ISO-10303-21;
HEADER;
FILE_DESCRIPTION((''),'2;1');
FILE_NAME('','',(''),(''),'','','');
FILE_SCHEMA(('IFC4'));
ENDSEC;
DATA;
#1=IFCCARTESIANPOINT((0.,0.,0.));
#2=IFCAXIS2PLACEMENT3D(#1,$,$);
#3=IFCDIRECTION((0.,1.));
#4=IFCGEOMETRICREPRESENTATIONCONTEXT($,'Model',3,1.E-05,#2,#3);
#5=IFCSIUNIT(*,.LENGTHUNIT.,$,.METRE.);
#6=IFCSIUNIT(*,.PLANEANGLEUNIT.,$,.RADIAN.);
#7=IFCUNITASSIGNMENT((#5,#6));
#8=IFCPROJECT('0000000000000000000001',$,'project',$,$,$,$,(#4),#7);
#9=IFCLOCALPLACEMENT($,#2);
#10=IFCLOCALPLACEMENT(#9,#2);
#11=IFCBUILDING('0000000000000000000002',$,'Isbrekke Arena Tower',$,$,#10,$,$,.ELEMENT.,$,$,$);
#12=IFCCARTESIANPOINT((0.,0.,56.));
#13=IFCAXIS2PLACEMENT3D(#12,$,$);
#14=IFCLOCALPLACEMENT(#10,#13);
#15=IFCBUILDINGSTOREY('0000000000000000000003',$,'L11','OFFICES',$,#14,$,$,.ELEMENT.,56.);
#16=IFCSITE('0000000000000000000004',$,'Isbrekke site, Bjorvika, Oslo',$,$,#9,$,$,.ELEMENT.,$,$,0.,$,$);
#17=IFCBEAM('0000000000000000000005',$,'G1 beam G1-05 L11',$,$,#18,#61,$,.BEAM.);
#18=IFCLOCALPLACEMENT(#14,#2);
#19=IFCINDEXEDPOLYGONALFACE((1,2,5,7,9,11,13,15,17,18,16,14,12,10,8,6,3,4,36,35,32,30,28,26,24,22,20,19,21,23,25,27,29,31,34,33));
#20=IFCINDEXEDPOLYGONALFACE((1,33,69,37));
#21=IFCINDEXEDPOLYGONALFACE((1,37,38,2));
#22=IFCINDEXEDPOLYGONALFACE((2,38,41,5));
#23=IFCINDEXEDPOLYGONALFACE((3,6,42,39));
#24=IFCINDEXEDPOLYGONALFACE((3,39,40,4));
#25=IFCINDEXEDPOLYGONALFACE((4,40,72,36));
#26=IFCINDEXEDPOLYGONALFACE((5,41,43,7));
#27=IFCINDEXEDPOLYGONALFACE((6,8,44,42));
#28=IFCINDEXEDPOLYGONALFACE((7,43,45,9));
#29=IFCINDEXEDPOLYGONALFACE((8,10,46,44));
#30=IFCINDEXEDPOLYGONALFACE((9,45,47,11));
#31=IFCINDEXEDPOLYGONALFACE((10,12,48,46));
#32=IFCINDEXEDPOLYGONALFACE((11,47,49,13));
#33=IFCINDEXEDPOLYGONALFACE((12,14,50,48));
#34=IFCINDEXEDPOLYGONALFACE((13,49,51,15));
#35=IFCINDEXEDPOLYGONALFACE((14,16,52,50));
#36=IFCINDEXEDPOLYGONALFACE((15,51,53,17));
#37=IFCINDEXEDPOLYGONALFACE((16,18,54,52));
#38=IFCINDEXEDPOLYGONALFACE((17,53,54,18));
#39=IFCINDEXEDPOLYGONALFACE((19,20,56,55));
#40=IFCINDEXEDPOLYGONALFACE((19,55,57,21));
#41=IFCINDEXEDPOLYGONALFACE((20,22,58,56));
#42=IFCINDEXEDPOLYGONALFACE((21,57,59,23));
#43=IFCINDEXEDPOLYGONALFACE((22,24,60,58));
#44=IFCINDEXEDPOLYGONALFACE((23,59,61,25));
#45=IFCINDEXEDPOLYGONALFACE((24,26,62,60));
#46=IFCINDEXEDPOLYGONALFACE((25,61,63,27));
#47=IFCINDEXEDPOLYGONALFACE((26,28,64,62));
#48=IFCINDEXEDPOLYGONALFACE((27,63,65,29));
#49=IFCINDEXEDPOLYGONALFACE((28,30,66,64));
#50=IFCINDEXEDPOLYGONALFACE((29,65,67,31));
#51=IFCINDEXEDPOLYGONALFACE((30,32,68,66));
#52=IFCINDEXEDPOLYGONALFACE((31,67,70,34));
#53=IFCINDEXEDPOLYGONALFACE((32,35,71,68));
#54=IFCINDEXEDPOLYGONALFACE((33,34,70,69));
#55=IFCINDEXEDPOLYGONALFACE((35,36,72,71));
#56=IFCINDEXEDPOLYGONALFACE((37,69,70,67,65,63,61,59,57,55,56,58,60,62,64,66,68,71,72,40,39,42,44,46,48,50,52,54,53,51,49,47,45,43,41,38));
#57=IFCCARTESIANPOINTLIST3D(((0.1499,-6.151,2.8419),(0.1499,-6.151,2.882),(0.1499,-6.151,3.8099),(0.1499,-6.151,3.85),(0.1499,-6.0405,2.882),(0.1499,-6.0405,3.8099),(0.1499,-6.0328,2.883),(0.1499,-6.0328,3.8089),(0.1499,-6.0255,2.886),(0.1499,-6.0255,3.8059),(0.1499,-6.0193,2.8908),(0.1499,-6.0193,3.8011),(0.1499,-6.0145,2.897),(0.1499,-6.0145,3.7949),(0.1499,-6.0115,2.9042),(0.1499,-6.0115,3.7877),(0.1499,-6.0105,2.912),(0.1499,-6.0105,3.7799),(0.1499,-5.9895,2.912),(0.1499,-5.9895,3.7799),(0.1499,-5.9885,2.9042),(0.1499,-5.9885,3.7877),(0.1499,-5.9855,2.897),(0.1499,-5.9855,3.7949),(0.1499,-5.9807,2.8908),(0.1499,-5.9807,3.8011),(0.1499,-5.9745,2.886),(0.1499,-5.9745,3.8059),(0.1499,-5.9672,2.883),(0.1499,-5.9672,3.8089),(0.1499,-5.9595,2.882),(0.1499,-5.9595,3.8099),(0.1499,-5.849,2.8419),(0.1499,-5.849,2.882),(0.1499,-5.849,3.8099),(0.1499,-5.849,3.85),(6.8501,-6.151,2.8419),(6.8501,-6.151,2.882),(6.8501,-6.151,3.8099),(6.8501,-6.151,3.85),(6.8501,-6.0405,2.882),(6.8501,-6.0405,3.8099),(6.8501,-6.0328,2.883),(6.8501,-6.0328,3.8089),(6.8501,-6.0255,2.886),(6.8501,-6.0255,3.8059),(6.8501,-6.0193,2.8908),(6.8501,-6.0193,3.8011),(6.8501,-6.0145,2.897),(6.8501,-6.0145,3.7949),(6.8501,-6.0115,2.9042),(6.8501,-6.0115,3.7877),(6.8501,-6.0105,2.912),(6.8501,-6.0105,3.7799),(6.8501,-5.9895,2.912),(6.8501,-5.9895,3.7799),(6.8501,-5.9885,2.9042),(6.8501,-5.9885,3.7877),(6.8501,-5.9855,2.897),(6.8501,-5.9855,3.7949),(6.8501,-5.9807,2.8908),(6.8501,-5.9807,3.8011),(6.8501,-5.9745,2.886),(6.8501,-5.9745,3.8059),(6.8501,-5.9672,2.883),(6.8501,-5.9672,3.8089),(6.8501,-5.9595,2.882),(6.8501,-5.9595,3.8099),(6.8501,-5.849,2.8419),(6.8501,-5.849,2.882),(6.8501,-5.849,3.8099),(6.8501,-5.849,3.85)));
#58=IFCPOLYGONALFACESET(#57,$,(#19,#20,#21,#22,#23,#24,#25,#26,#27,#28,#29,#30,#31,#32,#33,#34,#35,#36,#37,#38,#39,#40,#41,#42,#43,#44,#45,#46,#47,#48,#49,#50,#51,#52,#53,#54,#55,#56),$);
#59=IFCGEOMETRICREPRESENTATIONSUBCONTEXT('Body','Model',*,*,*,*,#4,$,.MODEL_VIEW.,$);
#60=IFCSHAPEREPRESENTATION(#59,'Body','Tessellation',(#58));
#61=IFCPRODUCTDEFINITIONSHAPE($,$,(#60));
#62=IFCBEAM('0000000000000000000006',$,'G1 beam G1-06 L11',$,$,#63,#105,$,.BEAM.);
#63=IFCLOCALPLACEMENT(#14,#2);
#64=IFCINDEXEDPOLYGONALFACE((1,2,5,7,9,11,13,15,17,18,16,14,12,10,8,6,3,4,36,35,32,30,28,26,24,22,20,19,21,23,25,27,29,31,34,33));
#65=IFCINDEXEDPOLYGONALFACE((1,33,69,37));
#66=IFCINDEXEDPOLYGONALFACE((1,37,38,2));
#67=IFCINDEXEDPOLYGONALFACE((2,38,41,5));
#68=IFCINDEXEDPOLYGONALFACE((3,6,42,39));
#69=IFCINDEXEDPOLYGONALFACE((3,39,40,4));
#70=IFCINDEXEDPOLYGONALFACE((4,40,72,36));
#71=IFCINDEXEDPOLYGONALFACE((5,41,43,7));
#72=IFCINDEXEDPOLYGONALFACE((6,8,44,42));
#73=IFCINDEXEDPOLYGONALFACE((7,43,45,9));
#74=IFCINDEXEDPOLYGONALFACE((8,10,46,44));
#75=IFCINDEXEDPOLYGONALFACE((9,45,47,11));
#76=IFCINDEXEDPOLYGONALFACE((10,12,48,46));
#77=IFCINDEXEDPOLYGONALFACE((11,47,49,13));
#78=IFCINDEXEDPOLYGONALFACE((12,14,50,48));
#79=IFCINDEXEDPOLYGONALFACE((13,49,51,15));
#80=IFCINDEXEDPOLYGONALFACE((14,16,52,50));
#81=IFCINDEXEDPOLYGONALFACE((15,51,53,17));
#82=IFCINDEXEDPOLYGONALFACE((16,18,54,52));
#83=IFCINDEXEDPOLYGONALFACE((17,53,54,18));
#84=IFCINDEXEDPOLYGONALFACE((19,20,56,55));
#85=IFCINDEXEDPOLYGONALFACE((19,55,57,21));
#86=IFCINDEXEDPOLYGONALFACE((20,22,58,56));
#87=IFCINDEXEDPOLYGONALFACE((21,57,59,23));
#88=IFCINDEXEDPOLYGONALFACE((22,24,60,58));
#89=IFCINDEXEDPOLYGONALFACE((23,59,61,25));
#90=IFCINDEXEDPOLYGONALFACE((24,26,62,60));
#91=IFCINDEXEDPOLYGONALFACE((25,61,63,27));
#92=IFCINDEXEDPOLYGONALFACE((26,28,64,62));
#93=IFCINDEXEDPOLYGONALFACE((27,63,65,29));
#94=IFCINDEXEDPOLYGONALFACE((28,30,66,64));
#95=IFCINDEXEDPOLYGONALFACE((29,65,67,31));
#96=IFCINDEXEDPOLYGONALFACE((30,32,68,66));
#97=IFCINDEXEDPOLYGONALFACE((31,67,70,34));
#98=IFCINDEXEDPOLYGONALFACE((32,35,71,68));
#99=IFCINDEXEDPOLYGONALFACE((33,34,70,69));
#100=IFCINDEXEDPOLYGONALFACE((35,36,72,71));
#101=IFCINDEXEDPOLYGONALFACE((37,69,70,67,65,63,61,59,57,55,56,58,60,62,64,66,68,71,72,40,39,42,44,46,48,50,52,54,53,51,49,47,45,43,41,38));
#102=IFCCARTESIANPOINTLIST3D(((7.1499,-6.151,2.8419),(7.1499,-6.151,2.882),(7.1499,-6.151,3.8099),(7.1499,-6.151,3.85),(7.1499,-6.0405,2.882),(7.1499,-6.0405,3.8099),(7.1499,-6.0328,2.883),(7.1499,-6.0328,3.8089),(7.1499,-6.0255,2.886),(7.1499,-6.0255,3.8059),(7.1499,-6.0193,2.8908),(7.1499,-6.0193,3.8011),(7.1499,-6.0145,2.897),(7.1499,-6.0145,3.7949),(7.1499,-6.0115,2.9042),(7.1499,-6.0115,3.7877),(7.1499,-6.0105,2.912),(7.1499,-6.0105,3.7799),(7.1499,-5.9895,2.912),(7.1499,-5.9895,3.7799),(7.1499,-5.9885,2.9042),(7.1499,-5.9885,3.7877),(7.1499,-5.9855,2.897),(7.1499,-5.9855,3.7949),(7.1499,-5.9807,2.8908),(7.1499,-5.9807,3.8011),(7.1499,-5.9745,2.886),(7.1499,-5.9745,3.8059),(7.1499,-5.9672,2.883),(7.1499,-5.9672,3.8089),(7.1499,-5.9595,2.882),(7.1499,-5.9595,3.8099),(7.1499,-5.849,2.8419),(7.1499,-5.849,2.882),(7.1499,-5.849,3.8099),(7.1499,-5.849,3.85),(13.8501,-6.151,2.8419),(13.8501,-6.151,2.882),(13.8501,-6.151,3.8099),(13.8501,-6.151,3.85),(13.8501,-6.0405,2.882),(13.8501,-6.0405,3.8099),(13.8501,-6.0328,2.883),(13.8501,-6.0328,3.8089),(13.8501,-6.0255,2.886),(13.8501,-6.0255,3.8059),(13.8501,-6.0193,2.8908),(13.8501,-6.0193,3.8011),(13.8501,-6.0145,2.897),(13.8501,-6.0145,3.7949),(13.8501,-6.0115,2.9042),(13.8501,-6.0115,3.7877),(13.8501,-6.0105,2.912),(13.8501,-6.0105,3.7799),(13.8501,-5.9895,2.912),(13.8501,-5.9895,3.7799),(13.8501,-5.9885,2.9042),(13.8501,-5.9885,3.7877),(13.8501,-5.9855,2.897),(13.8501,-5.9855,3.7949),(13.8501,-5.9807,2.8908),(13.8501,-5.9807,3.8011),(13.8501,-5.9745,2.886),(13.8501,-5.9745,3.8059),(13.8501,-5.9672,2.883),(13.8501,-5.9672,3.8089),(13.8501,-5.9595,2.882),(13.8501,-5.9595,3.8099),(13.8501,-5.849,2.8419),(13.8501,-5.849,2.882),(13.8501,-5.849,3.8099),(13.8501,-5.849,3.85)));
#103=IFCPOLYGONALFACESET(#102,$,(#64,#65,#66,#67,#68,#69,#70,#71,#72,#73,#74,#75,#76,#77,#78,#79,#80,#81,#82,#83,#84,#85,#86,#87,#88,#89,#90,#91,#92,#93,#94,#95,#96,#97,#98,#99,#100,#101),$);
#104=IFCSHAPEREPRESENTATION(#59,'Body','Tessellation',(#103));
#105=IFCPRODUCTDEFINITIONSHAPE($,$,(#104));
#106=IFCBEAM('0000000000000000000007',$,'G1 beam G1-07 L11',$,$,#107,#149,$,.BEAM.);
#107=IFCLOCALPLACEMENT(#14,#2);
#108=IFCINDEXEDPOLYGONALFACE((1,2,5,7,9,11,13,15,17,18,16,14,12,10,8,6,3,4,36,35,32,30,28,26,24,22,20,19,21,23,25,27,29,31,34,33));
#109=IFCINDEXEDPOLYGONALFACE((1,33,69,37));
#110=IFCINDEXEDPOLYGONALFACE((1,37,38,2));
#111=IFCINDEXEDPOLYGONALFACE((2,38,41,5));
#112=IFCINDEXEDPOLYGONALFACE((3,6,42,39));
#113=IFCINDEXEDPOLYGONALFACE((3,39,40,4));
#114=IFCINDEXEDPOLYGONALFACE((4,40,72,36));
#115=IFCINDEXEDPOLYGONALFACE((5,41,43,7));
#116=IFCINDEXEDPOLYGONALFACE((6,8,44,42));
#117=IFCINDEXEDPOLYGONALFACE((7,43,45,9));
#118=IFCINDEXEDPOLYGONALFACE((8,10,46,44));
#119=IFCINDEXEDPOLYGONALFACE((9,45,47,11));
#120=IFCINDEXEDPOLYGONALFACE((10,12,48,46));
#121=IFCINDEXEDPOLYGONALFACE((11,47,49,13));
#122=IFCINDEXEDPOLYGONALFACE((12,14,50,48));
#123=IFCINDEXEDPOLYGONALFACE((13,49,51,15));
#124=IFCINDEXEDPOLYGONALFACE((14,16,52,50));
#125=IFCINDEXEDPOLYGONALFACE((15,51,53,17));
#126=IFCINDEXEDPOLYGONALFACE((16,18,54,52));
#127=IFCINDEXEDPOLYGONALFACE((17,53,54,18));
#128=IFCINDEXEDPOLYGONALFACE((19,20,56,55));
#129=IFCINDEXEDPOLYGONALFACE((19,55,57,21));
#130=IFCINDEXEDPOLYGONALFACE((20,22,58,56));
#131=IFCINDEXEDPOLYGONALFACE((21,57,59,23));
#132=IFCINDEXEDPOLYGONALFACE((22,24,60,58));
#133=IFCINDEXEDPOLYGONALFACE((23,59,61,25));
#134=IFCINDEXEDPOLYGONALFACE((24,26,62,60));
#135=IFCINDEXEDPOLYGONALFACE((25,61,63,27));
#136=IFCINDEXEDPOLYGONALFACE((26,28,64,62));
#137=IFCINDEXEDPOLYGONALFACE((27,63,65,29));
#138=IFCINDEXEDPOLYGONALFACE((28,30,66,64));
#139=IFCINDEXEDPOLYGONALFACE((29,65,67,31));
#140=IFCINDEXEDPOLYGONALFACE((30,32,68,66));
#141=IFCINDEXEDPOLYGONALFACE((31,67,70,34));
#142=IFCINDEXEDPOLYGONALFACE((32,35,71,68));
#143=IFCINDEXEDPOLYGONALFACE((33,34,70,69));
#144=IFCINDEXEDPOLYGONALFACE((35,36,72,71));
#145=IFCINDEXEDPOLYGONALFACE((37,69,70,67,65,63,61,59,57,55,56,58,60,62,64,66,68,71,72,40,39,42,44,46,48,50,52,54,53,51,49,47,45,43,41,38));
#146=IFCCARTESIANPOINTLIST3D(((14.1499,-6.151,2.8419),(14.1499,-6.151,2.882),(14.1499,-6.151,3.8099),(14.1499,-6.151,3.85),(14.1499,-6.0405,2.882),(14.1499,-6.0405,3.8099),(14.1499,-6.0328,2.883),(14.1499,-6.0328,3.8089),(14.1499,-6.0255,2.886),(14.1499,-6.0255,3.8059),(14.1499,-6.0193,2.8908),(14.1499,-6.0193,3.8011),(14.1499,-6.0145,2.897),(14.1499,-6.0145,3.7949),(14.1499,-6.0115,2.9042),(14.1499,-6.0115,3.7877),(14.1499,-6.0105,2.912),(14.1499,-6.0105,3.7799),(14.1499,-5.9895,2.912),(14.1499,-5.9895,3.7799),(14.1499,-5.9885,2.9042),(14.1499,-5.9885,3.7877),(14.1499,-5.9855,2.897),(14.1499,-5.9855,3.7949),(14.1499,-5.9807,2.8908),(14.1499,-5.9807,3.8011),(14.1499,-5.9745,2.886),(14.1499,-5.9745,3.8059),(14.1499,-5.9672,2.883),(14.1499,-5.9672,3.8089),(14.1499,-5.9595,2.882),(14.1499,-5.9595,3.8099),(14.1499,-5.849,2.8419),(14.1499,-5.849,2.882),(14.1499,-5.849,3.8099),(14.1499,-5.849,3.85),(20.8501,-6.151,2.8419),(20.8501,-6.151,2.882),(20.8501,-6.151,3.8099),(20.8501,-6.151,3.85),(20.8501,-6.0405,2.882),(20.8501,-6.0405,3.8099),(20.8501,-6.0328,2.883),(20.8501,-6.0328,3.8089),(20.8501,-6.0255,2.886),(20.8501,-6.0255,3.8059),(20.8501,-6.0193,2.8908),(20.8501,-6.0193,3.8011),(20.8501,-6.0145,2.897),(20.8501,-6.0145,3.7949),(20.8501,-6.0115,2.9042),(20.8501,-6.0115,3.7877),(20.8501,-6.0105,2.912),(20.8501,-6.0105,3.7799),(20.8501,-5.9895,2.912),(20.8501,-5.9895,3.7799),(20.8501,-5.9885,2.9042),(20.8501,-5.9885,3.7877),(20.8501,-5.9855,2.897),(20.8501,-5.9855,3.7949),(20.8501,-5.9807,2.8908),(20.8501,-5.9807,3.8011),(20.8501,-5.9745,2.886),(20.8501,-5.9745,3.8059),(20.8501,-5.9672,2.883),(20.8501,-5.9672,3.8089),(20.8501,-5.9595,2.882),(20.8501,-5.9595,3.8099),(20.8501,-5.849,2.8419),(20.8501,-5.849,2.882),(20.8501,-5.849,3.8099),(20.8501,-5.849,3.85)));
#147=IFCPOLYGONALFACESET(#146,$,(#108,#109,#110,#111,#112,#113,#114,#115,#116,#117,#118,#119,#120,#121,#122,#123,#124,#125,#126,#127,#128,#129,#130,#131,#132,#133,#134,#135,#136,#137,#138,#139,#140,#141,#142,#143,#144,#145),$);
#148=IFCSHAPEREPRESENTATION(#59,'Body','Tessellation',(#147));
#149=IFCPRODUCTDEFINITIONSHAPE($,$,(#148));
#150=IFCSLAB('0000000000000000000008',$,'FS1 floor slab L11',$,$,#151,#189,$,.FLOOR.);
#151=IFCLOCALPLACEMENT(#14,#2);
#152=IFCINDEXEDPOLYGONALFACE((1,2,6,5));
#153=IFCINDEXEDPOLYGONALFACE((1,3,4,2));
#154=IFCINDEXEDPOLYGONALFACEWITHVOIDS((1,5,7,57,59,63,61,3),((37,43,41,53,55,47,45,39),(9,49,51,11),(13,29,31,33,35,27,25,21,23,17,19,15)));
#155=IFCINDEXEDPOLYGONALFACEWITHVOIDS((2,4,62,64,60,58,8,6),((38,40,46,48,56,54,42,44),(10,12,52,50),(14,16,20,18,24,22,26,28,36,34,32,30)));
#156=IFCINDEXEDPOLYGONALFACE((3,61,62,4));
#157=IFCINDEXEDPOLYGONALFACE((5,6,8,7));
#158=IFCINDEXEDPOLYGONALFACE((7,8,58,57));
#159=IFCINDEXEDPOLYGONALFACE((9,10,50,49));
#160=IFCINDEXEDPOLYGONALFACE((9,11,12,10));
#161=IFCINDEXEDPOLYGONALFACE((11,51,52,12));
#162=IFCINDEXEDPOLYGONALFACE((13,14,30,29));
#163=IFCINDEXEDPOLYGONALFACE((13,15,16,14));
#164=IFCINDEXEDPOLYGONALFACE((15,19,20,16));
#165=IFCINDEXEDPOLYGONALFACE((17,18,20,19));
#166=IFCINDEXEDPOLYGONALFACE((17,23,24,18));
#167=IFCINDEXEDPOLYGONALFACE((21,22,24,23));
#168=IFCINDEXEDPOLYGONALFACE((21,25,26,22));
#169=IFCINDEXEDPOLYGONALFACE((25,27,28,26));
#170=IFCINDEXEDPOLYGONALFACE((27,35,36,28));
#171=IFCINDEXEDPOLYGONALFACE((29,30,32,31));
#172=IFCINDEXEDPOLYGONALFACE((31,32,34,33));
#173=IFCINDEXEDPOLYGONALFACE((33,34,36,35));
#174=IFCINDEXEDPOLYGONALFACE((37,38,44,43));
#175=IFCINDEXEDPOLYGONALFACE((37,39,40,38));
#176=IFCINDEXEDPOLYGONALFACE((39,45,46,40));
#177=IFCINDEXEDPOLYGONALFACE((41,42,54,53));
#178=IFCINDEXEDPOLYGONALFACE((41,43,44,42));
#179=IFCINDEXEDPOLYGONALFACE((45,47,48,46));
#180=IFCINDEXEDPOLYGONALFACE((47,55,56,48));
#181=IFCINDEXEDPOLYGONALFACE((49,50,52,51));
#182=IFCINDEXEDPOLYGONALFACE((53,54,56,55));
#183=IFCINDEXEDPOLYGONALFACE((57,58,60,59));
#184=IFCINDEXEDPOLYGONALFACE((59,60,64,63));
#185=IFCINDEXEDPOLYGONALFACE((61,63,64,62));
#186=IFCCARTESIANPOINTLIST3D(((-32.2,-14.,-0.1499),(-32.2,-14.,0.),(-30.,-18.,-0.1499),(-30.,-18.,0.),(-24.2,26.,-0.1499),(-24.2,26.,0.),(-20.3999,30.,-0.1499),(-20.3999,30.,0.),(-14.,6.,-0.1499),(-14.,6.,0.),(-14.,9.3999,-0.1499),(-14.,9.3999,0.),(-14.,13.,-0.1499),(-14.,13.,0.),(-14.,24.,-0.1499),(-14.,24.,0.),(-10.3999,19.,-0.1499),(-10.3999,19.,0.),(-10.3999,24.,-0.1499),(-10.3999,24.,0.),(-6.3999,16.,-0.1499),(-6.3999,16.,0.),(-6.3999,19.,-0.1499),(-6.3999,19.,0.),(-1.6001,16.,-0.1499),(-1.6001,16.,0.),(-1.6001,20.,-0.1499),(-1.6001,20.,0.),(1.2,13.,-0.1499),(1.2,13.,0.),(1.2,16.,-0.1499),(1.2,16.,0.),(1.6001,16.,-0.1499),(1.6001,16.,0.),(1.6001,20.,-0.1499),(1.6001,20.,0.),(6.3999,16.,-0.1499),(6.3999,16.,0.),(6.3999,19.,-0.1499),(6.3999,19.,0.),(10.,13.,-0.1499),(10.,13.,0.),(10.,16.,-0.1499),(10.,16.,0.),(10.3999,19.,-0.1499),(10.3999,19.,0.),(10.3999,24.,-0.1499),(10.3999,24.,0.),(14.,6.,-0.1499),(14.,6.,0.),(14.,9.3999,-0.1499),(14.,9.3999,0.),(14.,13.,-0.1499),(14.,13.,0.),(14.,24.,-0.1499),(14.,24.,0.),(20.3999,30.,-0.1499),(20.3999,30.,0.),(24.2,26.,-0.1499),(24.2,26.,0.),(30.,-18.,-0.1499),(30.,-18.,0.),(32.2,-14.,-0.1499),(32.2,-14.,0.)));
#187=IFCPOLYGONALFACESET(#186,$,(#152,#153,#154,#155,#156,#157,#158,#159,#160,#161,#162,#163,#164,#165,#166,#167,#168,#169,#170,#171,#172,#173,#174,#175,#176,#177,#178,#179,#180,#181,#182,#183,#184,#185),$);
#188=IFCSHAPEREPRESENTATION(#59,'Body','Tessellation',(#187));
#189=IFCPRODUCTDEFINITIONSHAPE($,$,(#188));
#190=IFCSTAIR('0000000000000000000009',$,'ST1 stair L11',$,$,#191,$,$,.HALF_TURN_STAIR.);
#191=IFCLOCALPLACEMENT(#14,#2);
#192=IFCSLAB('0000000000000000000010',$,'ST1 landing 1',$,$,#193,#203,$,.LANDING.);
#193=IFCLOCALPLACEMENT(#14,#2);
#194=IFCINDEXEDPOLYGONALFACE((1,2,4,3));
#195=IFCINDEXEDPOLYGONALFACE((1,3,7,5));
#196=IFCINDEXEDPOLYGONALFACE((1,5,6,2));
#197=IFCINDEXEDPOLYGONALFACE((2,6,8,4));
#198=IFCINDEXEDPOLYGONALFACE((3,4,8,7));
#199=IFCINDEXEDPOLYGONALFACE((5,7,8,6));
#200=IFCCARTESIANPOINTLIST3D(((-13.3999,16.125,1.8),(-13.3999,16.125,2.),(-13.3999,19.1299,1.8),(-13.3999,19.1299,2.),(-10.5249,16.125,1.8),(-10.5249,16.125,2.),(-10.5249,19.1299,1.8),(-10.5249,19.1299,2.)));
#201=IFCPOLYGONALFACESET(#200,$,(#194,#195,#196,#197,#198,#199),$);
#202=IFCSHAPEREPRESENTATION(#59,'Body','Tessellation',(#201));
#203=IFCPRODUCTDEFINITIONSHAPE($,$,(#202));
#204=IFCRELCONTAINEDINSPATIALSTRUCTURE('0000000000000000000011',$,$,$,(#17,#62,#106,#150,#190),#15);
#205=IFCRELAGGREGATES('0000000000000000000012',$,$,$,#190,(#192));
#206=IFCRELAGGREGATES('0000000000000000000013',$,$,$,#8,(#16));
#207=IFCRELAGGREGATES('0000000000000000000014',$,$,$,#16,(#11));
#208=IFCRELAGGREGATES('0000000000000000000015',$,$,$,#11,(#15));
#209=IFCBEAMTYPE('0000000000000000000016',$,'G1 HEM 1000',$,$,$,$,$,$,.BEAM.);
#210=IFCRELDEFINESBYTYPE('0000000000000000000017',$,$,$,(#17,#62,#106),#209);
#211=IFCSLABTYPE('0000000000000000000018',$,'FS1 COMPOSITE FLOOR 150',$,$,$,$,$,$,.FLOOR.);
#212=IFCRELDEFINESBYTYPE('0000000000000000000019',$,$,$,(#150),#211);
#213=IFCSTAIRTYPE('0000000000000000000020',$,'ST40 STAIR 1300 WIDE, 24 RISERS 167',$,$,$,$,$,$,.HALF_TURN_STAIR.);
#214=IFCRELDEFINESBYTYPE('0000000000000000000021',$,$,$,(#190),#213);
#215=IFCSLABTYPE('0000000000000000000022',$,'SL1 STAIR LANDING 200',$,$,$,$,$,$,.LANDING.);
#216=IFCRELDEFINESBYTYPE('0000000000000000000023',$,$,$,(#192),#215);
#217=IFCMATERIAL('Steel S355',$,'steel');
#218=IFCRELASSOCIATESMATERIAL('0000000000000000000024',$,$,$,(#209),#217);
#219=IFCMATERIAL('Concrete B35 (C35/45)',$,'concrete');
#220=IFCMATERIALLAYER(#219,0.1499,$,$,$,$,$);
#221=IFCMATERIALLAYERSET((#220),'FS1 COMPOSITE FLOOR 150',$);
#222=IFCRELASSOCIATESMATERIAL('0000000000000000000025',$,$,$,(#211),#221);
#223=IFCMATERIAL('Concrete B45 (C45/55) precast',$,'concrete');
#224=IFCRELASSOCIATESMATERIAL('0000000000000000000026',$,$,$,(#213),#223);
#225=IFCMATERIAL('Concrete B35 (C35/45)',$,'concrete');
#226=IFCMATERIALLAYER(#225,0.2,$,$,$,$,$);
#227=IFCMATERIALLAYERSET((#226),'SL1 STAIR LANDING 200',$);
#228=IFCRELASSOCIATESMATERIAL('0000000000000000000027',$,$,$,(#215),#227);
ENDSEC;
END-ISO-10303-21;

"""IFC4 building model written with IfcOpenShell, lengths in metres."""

from ifc_helpers import new_model, si_unit, direction, frame, origin, origin_2d, place, context, subcontext, project, spatial, polyline, i_section, outline, extrude, material, layer, layer_set, material_profile, profile_set, type_object, element, aggregate, save


model = new_model("IFC4")

# Units and contexts
model_context = context("Model", 3, precision=1e-05, world=origin(), true_north=direction((0.0, 1.0)))
body_context = subcontext(model_context, "Body", "Model", "MODEL_VIEW")
ifc_project = project(units=[si_unit("LENGTHUNIT", "METRE"), si_unit("PLANEANGLEUNIT", "RADIAN")], contexts=[model_context])

# Site, building, storey
site_placement = place(None, origin())
site = spatial("IfcSite", under=ifc_project, at=site_placement, Name="Isbrekke site, Bjorvika, Oslo", CompositionType="ELEMENT", RefElevation=0.0)
building_placement = place(site_placement, origin())
building = spatial("IfcBuilding", under=site, at=building_placement, Name="Isbrekke Arena Tower", CompositionType="ELEMENT")
storey_placement = place(building_placement, frame((0.0, 0.0, 56.0)))
storey = spatial("IfcBuildingStorey", under=building, at=storey_placement, Name="L11", Description="OFFICES", CompositionType="ELEMENT", Elevation=56.0)

# Beams
ifc_material_1 = material(Name="Steel S355", Category="steel")
ifc_material_profile_1 = material_profile(ifc_material_1, i_section(OverallWidth=0.302, OverallDepth=1.0081, WebThickness=0.021, FlangeThickness=0.04, FilletRadius=0.03, at=origin_2d()), Name="HEM 1000")
ifc_profile_set_1 = profile_set([ifc_material_profile_1], Name="Steel S355")
beam_type_1 = type_object("IfcBeamType", Name="G1 HEM 1000", PredefinedType="BEAM", material=ifc_profile_set_1)
for number, where, z_axis, x_axis, name in (
    (1, (0.1499, -6.0, 3.3459), (1.0, 0.0, 0.0), (0.0, 1.0, 0.0), "G1 beam G1-05 L11"),
    (2, (7.1499, -6.0, 3.3459), (1.0, 0.0, 0.0), (0.0, 1.0, 0.0), "G1 beam G1-06 L11"),
    (3, (14.1499, -6.0, 3.3459), (1.0, 0.0, 0.0), (0.0, 1.0, 0.0), "G1 beam G1-07 L11"),
):
    element("IfcBeam", number, at=place(storey_placement, frame(where, z_axis=z_axis, x_axis=x_axis)), inside=storey, type_object=beam_type_1, Name=name, PredefinedType="BEAM", context=body_context, shape_type="SweptSolid", body=[
        extrude(i_section(OverallWidth=0.302, OverallDepth=1.0081, WebThickness=0.021, FlangeThickness=0.04, FilletRadius=0.03, at=origin_2d()), origin(), (0.0, 0.0, 1.0), 6.7002),
    ])

# Slab
ifc_material_2 = material(Name="Concrete B35 (C35/45)", Category="concrete")
ifc_layer_1 = layer(ifc_material_2, 0.1499)
ifc_layer_set_1 = layer_set([ifc_layer_1], Name="FS1 COMPOSITE FLOOR 150")
slab_type_1 = type_object("IfcSlabType", Name="FS1 COMPOSITE FLOOR 150", PredefinedType="FLOOR", material=ifc_layer_set_1)
slab_1_placement = place(storey_placement, frame((0.0, 0.0, -0.1499)))
element("IfcSlab", 4, at=slab_1_placement, inside=storey, type_object=slab_type_1, Name="FS1 floor slab L11", PredefinedType="FLOOR", context=body_context, shape_type="SweptSolid", body=[
    extrude(outline(polyline([(-30.0, -18.0), (30.0, -18.0), (32.2, -14.0), (24.2, 26.0), (20.3999, 30.0), (-20.3999, 30.0), (-24.2, 26.0), (-32.2, -14.0), (-30.0, -18.0)]), holes=[polyline([(14.0, 9.3999), (14.0, 6.0), (-14.0, 6.0), (-14.0, 9.3999), (14.0, 9.3999)]), polyline([(-6.3999, 19.0), (-6.3999, 16.0), (-1.6001, 16.0), (-1.6001, 20.0), (1.6001, 20.0), (1.6001, 16.0), (1.2, 16.0), (1.2, 13.0), (-14.0, 13.0), (-14.0, 24.0), (-10.3999, 24.0), (-10.3999, 19.0), (-6.3999, 19.0)]), polyline([(10.0, 13.0), (10.0, 16.0), (6.3999, 16.0), (6.3999, 19.0), (10.3999, 19.0), (10.3999, 24.0), (14.0, 24.0), (14.0, 13.0), (10.0, 13.0)])]), origin(), (0.0, 0.0, 1.0), 0.1499),
])

# Stair, slab
ifc_material_3 = material(Name="Concrete B45 (C45/55) precast", Category="concrete")
stair_type = type_object("IfcStairType", Name="ST40 STAIR 1300 WIDE, 24 RISERS 167", PredefinedType="HALF_TURN_STAIR", material=ifc_material_3)
stair_1_placement = place(storey_placement, origin())
stair_1 = element("IfcStair", 5, at=stair_1_placement, inside=storey, type_object=stair_type, Name="ST1 stair L11", PredefinedType="HALF_TURN_STAIR")
ifc_material_4 = material(Name="Concrete B35 (C35/45)", Category="concrete")
ifc_layer_2 = layer(ifc_material_4, 0.2)
ifc_layer_set_2 = layer_set([ifc_layer_2], Name="SL1 STAIR LANDING 200")
slab_type_2 = type_object("IfcSlabType", Name="SL1 STAIR LANDING 200", PredefinedType="LANDING", material=ifc_layer_set_2)
slab_2_placement = place(storey_placement, frame((0.0, 0.0, 1.8)))
slab_2 = element("IfcSlab", 6, at=slab_2_placement, type_object=slab_type_2, Name="ST1 landing 1", PredefinedType="LANDING", context=body_context, shape_type="SweptSolid", body=[
    extrude(outline(polyline([(-13.3999, 16.125), (-10.5249, 16.125), (-10.5249, 19.1299), (-13.3999, 19.1299), (-13.3999, 16.125)])), origin(), (0.0, 0.0, 1.0), 0.2),
])
aggregate(stair_1, [slab_2])

save(model, "model.ifc")
